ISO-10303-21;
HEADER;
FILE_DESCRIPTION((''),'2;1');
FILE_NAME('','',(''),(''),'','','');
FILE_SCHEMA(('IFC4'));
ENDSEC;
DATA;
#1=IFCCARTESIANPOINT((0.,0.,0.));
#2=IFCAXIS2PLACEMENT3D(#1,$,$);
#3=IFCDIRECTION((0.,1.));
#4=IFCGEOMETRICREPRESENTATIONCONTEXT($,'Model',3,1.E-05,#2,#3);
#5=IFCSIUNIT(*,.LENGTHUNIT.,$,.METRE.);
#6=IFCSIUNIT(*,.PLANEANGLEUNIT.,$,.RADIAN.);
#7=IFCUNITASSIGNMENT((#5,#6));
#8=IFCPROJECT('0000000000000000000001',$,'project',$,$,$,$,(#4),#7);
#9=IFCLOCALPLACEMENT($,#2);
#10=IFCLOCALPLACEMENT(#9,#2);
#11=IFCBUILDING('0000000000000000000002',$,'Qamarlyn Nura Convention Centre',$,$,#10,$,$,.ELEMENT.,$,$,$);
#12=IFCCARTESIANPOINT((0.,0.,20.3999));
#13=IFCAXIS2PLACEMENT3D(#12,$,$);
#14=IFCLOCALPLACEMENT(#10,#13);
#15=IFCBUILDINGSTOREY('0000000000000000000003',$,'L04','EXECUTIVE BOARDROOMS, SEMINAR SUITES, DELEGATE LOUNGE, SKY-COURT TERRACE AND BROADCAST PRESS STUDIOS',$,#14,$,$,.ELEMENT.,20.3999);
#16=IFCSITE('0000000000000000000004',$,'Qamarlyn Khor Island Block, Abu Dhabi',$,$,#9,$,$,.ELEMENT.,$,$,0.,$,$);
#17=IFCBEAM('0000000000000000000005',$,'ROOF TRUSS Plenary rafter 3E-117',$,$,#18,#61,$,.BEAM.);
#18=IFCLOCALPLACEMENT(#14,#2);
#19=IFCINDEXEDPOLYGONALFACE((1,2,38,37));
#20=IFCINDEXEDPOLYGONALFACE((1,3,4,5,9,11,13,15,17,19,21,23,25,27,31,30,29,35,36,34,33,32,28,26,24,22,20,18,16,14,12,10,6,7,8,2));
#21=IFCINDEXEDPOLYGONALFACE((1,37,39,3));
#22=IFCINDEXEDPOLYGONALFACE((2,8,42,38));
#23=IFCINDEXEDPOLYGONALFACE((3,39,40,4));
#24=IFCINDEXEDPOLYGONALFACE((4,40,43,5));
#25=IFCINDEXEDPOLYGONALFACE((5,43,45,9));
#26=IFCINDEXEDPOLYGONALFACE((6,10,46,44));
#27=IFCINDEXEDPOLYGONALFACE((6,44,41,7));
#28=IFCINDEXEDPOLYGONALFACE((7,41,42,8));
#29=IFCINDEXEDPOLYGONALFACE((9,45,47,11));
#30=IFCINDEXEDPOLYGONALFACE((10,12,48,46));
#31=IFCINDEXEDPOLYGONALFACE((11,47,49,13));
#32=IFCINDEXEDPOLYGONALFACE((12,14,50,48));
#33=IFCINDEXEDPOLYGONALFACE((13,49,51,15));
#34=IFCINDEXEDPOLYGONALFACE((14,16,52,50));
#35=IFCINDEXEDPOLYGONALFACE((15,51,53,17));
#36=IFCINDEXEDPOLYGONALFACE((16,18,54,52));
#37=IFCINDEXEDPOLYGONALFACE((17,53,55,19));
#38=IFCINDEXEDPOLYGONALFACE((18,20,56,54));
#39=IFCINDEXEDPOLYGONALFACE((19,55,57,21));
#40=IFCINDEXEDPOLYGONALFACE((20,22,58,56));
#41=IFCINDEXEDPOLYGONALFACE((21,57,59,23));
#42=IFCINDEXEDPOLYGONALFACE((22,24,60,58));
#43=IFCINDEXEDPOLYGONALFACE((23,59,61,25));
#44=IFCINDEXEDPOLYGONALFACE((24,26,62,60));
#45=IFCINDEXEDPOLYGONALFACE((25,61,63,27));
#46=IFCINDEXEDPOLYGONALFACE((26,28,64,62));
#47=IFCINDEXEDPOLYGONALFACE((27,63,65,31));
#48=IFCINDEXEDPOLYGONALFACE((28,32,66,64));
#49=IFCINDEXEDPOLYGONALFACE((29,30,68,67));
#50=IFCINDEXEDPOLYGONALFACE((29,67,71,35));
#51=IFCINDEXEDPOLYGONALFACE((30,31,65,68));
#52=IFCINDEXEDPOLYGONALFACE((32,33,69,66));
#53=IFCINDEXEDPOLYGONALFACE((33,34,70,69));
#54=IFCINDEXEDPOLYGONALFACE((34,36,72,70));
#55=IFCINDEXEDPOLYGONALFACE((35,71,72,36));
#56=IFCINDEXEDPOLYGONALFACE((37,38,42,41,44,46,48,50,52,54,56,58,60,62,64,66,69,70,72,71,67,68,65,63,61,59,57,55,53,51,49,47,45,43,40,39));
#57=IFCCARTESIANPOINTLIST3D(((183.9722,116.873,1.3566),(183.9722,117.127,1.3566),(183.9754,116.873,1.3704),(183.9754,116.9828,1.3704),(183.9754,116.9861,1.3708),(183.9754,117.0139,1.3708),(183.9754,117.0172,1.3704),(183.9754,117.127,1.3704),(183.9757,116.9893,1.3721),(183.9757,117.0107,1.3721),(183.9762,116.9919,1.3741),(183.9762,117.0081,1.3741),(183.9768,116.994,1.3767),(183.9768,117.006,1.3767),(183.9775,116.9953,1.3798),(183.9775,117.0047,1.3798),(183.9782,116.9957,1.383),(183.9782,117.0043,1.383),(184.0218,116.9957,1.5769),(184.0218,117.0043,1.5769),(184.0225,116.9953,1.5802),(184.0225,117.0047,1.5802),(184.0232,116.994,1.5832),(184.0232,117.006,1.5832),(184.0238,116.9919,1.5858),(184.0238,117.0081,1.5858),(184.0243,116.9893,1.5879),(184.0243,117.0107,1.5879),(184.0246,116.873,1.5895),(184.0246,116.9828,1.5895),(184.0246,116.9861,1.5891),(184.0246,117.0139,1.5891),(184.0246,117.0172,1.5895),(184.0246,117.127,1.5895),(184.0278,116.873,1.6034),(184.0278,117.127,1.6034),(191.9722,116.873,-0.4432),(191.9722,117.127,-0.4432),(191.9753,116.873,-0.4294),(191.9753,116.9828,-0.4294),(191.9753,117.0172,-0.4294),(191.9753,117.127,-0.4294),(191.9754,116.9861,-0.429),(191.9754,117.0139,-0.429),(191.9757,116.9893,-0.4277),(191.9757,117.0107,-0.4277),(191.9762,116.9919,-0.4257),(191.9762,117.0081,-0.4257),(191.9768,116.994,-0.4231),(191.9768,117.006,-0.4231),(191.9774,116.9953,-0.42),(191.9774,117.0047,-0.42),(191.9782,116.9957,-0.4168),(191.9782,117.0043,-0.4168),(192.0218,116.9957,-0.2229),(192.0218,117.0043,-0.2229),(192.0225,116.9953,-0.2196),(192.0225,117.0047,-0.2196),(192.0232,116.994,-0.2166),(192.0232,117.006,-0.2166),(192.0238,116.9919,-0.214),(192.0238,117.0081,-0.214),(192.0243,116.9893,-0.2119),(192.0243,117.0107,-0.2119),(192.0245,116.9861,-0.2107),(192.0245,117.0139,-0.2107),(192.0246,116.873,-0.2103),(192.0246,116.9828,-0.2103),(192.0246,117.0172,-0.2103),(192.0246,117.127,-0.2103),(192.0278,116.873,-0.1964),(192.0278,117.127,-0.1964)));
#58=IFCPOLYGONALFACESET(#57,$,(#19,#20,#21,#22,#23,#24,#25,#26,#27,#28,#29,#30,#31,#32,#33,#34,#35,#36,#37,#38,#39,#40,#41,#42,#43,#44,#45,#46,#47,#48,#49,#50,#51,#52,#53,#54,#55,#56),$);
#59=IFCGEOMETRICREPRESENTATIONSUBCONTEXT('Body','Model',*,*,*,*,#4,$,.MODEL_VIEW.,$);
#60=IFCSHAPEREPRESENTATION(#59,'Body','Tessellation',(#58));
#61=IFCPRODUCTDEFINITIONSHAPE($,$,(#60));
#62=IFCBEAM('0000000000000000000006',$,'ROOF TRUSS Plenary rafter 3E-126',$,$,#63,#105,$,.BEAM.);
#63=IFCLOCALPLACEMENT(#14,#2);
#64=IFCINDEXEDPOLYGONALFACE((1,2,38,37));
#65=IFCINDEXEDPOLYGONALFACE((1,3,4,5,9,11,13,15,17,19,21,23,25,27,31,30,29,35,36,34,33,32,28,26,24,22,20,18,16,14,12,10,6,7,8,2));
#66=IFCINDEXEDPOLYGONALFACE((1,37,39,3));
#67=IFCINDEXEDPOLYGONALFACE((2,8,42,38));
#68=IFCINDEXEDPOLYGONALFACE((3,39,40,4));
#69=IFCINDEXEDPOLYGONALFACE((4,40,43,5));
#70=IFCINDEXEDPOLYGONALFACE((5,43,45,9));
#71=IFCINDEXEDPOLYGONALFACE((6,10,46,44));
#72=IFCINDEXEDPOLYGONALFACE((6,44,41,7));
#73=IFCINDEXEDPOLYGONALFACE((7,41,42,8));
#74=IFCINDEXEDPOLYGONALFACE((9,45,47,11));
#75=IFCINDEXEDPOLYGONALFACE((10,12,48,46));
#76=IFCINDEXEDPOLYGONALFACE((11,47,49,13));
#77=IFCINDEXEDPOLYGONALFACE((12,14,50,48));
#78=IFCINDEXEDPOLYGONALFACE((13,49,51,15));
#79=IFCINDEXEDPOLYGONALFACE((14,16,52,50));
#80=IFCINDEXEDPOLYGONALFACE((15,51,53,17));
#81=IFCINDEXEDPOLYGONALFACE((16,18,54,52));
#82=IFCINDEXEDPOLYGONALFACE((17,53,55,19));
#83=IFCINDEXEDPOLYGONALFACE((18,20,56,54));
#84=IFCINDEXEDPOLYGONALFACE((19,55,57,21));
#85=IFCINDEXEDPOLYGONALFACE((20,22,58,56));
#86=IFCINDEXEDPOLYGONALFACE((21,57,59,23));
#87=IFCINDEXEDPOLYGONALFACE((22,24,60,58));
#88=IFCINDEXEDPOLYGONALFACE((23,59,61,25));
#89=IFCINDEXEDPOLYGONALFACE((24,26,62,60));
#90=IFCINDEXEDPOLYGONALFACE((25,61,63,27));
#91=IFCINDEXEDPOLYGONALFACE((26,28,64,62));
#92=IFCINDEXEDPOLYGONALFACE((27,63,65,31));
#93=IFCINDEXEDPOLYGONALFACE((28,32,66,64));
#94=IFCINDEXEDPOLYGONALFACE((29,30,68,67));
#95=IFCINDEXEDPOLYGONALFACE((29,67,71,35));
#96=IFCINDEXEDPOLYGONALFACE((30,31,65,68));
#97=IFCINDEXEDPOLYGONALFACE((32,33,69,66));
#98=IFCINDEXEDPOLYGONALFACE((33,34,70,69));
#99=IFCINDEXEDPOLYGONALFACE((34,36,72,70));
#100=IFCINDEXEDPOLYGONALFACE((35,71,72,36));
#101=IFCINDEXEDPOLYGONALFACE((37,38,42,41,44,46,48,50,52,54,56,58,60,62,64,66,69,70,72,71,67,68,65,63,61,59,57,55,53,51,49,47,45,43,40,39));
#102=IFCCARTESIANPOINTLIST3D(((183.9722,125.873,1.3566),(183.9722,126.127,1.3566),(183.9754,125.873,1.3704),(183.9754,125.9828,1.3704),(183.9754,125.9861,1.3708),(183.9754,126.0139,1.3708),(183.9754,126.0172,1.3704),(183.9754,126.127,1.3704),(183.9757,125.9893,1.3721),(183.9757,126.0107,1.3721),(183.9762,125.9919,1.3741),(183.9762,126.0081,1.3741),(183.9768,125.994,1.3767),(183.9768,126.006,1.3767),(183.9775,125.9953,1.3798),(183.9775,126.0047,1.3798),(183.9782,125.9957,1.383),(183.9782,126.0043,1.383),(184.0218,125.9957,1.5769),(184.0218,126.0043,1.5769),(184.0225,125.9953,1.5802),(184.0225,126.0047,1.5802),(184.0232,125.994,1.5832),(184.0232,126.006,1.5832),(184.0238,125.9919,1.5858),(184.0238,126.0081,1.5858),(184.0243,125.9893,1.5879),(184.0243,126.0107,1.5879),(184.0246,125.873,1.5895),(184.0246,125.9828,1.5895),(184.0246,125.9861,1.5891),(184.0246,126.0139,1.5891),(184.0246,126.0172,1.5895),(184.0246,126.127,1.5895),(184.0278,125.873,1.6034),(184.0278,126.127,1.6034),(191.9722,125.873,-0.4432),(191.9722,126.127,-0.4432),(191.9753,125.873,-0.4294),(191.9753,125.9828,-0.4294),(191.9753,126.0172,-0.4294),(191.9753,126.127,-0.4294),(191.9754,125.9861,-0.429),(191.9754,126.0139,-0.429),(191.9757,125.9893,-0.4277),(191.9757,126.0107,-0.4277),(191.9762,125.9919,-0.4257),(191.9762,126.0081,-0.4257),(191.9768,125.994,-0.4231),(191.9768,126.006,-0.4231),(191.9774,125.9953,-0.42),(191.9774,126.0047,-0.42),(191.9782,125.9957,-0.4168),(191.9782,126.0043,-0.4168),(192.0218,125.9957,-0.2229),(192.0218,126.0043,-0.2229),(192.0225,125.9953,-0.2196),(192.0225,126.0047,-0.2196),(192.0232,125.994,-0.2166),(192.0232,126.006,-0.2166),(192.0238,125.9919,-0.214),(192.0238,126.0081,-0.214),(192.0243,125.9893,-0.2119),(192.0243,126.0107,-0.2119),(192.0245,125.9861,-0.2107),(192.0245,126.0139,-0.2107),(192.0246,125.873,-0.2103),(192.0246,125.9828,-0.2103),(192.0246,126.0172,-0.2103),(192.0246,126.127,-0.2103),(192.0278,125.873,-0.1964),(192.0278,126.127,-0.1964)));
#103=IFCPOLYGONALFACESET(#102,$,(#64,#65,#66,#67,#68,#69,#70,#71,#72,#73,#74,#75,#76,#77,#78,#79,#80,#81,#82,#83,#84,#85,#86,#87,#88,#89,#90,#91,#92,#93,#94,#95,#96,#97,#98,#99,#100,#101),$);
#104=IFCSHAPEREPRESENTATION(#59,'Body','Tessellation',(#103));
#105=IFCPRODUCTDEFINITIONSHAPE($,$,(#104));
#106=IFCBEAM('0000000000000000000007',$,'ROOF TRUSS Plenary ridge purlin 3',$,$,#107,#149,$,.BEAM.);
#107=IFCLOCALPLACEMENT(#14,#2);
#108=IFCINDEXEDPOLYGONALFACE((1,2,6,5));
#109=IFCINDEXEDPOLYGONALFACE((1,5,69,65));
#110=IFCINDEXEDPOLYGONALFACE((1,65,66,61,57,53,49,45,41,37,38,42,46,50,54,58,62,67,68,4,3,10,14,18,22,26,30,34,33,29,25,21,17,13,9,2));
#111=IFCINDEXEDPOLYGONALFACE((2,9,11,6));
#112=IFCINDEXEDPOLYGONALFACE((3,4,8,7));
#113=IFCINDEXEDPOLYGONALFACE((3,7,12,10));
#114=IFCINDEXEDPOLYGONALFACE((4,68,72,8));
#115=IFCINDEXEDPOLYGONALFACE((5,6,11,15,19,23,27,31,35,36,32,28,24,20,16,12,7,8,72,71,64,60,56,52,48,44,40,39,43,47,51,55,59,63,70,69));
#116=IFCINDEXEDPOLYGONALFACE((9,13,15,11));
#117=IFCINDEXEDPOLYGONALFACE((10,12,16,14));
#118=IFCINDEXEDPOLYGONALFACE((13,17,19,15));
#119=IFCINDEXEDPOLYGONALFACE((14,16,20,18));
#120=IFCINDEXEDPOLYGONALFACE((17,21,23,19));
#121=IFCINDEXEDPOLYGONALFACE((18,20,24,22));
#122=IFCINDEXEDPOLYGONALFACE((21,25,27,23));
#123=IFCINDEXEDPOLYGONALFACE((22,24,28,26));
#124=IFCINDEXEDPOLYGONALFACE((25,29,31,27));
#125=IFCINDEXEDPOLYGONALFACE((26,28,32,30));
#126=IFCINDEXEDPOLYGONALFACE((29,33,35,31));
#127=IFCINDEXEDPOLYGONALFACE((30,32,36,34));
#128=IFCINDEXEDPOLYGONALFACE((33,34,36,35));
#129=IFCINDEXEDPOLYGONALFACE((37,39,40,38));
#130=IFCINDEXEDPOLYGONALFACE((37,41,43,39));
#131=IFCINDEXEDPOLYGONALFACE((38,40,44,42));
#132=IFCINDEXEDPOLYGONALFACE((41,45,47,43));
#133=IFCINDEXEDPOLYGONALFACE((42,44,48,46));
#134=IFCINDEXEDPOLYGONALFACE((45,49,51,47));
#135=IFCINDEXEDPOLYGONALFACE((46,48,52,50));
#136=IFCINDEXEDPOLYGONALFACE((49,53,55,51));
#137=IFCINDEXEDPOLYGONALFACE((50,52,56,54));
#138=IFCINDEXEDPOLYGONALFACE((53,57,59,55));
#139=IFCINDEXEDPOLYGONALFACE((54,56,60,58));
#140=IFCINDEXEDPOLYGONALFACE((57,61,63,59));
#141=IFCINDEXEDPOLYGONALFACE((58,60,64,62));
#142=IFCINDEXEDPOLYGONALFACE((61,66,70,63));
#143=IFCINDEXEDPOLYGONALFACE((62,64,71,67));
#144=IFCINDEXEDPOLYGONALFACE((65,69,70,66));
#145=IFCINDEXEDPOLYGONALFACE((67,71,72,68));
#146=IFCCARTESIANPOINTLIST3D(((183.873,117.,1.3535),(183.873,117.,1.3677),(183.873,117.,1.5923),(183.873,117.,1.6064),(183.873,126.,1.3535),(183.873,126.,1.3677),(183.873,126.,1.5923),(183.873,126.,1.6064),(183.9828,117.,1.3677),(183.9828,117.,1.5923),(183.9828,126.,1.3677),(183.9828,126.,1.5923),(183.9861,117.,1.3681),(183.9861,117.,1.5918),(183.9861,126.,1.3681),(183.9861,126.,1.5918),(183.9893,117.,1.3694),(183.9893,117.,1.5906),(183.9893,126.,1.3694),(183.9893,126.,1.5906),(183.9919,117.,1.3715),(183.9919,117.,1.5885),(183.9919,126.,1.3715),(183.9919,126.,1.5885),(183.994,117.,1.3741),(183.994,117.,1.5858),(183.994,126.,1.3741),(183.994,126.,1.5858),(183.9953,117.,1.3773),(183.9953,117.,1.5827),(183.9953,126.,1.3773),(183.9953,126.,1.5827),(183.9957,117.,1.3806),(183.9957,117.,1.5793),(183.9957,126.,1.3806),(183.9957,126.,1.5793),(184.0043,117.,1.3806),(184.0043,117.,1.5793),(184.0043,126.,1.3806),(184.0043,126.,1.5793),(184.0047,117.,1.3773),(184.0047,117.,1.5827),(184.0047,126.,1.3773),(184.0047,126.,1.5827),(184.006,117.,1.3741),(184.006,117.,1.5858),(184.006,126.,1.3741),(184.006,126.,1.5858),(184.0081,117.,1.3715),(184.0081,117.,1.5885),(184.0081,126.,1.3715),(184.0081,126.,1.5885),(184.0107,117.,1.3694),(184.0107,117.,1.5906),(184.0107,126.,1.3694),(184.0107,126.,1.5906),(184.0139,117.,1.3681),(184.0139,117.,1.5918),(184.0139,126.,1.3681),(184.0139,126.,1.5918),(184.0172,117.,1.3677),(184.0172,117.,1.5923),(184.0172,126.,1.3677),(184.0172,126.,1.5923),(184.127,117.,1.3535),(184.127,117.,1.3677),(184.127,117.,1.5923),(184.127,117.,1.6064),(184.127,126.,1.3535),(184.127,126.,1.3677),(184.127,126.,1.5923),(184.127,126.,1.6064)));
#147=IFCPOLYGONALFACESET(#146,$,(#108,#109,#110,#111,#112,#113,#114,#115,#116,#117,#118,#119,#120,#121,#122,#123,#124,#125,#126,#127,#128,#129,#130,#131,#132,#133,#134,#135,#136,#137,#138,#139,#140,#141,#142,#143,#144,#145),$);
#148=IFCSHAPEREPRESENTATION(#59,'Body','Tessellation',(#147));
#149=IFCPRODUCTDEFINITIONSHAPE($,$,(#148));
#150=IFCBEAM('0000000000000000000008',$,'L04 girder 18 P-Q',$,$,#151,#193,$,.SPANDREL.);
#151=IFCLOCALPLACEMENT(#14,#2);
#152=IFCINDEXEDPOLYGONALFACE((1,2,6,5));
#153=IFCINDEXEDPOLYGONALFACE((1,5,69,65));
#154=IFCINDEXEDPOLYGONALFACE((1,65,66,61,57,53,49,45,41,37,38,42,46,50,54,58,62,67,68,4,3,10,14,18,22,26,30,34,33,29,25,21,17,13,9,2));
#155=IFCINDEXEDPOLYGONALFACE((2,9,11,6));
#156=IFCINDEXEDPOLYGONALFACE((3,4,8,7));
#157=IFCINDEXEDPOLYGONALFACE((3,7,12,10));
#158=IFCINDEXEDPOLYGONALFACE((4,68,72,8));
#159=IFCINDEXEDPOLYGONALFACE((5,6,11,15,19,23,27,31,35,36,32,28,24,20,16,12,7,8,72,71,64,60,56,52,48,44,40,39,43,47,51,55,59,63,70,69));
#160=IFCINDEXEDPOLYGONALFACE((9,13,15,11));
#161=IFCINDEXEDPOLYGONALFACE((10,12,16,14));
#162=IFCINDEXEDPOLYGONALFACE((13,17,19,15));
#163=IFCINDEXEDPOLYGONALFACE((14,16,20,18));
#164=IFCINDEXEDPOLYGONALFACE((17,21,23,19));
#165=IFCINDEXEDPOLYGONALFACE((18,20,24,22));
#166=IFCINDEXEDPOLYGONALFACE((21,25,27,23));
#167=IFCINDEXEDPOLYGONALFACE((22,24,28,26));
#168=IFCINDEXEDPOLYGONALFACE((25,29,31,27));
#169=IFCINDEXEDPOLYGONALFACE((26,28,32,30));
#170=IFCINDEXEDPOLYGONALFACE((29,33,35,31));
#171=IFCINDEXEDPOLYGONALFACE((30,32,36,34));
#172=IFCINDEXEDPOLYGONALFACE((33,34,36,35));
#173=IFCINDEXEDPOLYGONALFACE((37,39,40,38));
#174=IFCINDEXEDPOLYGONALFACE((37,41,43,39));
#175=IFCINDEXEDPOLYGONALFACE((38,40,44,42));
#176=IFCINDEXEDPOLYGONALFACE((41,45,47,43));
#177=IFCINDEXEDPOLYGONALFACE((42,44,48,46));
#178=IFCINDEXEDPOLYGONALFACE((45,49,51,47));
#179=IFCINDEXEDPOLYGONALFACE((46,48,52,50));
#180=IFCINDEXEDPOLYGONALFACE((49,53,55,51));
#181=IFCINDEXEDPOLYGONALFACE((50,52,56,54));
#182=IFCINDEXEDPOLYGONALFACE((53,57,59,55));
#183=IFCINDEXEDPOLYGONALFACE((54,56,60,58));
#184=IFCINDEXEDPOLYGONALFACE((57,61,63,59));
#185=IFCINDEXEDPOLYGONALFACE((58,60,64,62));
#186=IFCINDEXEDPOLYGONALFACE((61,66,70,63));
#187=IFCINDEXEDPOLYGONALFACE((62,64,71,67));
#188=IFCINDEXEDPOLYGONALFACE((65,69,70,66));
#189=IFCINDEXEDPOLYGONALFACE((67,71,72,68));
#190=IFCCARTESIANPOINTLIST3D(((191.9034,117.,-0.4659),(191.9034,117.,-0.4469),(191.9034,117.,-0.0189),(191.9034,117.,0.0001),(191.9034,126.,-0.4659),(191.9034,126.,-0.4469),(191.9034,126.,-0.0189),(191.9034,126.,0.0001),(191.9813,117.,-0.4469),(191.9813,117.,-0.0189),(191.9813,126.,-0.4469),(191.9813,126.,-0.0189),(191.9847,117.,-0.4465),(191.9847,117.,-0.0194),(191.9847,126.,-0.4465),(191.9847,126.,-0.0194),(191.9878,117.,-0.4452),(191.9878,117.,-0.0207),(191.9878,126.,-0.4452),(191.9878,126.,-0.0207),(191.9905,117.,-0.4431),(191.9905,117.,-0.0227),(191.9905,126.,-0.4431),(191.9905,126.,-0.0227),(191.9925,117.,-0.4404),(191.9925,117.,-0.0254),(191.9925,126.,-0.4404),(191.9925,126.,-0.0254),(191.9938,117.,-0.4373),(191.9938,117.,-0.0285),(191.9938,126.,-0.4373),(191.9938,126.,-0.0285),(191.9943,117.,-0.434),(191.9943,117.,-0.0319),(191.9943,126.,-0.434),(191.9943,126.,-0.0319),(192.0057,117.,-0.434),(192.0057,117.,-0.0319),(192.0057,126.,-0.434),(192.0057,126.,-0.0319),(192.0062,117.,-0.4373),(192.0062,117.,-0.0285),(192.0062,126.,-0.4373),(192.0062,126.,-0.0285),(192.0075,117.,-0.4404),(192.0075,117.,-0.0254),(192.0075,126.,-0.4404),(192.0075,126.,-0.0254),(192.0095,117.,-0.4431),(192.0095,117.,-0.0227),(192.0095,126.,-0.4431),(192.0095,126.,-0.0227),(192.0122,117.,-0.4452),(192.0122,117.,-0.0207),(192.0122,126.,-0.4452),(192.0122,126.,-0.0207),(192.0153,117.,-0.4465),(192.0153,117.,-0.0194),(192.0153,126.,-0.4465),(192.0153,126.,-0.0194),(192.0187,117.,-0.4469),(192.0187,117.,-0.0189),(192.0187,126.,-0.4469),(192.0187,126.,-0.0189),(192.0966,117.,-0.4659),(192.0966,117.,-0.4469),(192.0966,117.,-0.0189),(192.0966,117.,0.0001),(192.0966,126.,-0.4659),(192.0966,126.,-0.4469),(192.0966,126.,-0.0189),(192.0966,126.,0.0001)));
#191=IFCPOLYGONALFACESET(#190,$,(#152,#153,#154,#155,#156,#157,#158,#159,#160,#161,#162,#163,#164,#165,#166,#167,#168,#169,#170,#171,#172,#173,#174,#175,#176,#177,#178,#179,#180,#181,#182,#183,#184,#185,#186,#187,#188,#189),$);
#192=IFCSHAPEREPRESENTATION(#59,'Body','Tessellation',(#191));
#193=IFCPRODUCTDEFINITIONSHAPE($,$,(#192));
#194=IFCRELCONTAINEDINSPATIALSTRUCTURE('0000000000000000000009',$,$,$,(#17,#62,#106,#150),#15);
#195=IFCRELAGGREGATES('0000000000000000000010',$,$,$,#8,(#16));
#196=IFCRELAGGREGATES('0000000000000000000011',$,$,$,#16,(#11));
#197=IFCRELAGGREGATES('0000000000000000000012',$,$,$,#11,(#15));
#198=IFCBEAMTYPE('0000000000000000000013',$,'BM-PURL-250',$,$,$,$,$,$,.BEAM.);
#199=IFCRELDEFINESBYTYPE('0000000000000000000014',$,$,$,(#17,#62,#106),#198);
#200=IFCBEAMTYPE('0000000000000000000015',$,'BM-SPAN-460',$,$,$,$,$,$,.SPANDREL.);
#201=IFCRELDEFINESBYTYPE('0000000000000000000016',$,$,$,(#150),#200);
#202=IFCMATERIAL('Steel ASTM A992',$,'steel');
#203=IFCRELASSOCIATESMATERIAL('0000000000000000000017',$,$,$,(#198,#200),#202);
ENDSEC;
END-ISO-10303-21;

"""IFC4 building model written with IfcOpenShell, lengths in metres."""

from ifc_helpers import new_model, si_unit, direction, frame, origin, origin_2d, place, context, subcontext, project, spatial, i_section, extrude, material, material_profile, profile_set, type_object, element, save


model = new_model("IFC4")

# Units and contexts
model_context = context("Model", 3, precision=1e-05, world=origin(), true_north=direction((0.0, 1.0)))
body_context = subcontext(model_context, "Body", "Model", "MODEL_VIEW")
ifc_project = project(units=[si_unit("LENGTHUNIT", "METRE"), si_unit("PLANEANGLEUNIT", "RADIAN")], contexts=[model_context])

# Site, building, storey
site_placement = place(None, origin())
site = spatial("IfcSite", under=ifc_project, at=site_placement, Name="Qamarlyn Khor Island Block, Abu Dhabi", CompositionType="ELEMENT", RefElevation=0.0)
building_placement = place(site_placement, origin())
building = spatial("IfcBuilding", under=site, at=building_placement, Name="Qamarlyn Nura Convention Centre", CompositionType="ELEMENT")
storey_placement = place(building_placement, frame((0.0, 0.0, 20.3999)))
storey = spatial("IfcBuildingStorey", under=building, at=storey_placement, Name="L04", Description="EXECUTIVE BOARDROOMS, SEMINAR SUITES, DELEGATE LOUNGE, SKY-COURT TERRACE AND BROADCAST PRESS STUDIOS", CompositionType="ELEMENT", Elevation=20.3999)

# Beams
ifc_material_1 = material(Name="Steel ASTM A992", Category="steel")
ifc_material_profile_1 = material_profile(ifc_material_1, i_section(OverallWidth=0.2539, OverallDepth=0.2529, WebThickness=0.0085, FlangeThickness=0.0142, FilletRadius=0.0129, at=origin_2d()), Name="W250X73")
ifc_profile_set_1 = profile_set([ifc_material_profile_1], Name="Steel ASTM A992")
beam_type_1 = type_object("IfcBeamType", Name="BM-PURL-250", PredefinedType="BEAM", material=ifc_profile_set_1)
for number, where, z_axis, x_axis, name in (
    (1, (184.0, 117.0, 1.48), (0.975615, 0.0, -0.21949), (0.0, 1.0, 0.0), "ROOF TRUSS Plenary rafter 3E-117"),
    (2, (184.0, 126.0, 1.48), (0.975615, 0.0, -0.21949), (0.0, 1.0, 0.0), "ROOF TRUSS Plenary rafter 3E-126"),
):
    element("IfcBeam", number, at=place(storey_placement, frame(where, z_axis=z_axis, x_axis=x_axis)), inside=storey, type_object=beam_type_1, Name=name, PredefinedType="BEAM", context=body_context, shape_type="SweptSolid", body=[
        extrude(i_section(OverallWidth=0.2539, OverallDepth=0.2529, WebThickness=0.0085, FlangeThickness=0.0142, FilletRadius=0.0129, at=origin_2d()), origin(), (0.0, 0.0, 1.0), 8.2),
    ])
beam_1_placement = place(storey_placement, frame((184.0, 117.0, 1.48), z_axis=(0.0, 1.0, 0.0), x_axis=(-1.0, 0.0, 0.0)))
element("IfcBeam", 3, at=beam_1_placement, inside=storey, type_object=beam_type_1, Name="ROOF TRUSS Plenary ridge purlin 3", PredefinedType="BEAM", context=body_context, shape_type="SweptSolid", body=[
    extrude(i_section(OverallWidth=0.2539, OverallDepth=0.2529, WebThickness=0.0085, FlangeThickness=0.0142, FilletRadius=0.0129, at=origin_2d()), origin(), (0.0, 0.0, 1.0), 9.0),
])
ifc_material_profile_2 = material_profile(ifc_material_1, i_section(OverallWidth=0.1931, OverallDepth=0.4661, WebThickness=0.0115, FlangeThickness=0.019, FilletRadius=0.0129, at=origin_2d()), Name="W460X97")
ifc_profile_set_2 = profile_set([ifc_material_profile_2], Name="Steel ASTM A992")
beam_type_2 = type_object("IfcBeamType", Name="BM-SPAN-460", PredefinedType="SPANDREL", material=ifc_profile_set_2)
beam_2_placement = place(storey_placement, frame((192.0, 117.0, -0.2329), z_axis=(0.0, 1.0, 0.0), x_axis=(-1.0, 0.0, 0.0)))
element("IfcBeam", 4, at=beam_2_placement, inside=storey, type_object=beam_type_2, Name="L04 girder 18 P-Q", PredefinedType="SPANDREL", context=body_context, shape_type="SweptSolid", body=[
    extrude(i_section(OverallWidth=0.1931, OverallDepth=0.4661, WebThickness=0.0115, FlangeThickness=0.019, FilletRadius=0.0129, at=origin_2d()), origin(), (0.0, 0.0, 1.0), 9.0),
])

save(model, "model.ifc")
